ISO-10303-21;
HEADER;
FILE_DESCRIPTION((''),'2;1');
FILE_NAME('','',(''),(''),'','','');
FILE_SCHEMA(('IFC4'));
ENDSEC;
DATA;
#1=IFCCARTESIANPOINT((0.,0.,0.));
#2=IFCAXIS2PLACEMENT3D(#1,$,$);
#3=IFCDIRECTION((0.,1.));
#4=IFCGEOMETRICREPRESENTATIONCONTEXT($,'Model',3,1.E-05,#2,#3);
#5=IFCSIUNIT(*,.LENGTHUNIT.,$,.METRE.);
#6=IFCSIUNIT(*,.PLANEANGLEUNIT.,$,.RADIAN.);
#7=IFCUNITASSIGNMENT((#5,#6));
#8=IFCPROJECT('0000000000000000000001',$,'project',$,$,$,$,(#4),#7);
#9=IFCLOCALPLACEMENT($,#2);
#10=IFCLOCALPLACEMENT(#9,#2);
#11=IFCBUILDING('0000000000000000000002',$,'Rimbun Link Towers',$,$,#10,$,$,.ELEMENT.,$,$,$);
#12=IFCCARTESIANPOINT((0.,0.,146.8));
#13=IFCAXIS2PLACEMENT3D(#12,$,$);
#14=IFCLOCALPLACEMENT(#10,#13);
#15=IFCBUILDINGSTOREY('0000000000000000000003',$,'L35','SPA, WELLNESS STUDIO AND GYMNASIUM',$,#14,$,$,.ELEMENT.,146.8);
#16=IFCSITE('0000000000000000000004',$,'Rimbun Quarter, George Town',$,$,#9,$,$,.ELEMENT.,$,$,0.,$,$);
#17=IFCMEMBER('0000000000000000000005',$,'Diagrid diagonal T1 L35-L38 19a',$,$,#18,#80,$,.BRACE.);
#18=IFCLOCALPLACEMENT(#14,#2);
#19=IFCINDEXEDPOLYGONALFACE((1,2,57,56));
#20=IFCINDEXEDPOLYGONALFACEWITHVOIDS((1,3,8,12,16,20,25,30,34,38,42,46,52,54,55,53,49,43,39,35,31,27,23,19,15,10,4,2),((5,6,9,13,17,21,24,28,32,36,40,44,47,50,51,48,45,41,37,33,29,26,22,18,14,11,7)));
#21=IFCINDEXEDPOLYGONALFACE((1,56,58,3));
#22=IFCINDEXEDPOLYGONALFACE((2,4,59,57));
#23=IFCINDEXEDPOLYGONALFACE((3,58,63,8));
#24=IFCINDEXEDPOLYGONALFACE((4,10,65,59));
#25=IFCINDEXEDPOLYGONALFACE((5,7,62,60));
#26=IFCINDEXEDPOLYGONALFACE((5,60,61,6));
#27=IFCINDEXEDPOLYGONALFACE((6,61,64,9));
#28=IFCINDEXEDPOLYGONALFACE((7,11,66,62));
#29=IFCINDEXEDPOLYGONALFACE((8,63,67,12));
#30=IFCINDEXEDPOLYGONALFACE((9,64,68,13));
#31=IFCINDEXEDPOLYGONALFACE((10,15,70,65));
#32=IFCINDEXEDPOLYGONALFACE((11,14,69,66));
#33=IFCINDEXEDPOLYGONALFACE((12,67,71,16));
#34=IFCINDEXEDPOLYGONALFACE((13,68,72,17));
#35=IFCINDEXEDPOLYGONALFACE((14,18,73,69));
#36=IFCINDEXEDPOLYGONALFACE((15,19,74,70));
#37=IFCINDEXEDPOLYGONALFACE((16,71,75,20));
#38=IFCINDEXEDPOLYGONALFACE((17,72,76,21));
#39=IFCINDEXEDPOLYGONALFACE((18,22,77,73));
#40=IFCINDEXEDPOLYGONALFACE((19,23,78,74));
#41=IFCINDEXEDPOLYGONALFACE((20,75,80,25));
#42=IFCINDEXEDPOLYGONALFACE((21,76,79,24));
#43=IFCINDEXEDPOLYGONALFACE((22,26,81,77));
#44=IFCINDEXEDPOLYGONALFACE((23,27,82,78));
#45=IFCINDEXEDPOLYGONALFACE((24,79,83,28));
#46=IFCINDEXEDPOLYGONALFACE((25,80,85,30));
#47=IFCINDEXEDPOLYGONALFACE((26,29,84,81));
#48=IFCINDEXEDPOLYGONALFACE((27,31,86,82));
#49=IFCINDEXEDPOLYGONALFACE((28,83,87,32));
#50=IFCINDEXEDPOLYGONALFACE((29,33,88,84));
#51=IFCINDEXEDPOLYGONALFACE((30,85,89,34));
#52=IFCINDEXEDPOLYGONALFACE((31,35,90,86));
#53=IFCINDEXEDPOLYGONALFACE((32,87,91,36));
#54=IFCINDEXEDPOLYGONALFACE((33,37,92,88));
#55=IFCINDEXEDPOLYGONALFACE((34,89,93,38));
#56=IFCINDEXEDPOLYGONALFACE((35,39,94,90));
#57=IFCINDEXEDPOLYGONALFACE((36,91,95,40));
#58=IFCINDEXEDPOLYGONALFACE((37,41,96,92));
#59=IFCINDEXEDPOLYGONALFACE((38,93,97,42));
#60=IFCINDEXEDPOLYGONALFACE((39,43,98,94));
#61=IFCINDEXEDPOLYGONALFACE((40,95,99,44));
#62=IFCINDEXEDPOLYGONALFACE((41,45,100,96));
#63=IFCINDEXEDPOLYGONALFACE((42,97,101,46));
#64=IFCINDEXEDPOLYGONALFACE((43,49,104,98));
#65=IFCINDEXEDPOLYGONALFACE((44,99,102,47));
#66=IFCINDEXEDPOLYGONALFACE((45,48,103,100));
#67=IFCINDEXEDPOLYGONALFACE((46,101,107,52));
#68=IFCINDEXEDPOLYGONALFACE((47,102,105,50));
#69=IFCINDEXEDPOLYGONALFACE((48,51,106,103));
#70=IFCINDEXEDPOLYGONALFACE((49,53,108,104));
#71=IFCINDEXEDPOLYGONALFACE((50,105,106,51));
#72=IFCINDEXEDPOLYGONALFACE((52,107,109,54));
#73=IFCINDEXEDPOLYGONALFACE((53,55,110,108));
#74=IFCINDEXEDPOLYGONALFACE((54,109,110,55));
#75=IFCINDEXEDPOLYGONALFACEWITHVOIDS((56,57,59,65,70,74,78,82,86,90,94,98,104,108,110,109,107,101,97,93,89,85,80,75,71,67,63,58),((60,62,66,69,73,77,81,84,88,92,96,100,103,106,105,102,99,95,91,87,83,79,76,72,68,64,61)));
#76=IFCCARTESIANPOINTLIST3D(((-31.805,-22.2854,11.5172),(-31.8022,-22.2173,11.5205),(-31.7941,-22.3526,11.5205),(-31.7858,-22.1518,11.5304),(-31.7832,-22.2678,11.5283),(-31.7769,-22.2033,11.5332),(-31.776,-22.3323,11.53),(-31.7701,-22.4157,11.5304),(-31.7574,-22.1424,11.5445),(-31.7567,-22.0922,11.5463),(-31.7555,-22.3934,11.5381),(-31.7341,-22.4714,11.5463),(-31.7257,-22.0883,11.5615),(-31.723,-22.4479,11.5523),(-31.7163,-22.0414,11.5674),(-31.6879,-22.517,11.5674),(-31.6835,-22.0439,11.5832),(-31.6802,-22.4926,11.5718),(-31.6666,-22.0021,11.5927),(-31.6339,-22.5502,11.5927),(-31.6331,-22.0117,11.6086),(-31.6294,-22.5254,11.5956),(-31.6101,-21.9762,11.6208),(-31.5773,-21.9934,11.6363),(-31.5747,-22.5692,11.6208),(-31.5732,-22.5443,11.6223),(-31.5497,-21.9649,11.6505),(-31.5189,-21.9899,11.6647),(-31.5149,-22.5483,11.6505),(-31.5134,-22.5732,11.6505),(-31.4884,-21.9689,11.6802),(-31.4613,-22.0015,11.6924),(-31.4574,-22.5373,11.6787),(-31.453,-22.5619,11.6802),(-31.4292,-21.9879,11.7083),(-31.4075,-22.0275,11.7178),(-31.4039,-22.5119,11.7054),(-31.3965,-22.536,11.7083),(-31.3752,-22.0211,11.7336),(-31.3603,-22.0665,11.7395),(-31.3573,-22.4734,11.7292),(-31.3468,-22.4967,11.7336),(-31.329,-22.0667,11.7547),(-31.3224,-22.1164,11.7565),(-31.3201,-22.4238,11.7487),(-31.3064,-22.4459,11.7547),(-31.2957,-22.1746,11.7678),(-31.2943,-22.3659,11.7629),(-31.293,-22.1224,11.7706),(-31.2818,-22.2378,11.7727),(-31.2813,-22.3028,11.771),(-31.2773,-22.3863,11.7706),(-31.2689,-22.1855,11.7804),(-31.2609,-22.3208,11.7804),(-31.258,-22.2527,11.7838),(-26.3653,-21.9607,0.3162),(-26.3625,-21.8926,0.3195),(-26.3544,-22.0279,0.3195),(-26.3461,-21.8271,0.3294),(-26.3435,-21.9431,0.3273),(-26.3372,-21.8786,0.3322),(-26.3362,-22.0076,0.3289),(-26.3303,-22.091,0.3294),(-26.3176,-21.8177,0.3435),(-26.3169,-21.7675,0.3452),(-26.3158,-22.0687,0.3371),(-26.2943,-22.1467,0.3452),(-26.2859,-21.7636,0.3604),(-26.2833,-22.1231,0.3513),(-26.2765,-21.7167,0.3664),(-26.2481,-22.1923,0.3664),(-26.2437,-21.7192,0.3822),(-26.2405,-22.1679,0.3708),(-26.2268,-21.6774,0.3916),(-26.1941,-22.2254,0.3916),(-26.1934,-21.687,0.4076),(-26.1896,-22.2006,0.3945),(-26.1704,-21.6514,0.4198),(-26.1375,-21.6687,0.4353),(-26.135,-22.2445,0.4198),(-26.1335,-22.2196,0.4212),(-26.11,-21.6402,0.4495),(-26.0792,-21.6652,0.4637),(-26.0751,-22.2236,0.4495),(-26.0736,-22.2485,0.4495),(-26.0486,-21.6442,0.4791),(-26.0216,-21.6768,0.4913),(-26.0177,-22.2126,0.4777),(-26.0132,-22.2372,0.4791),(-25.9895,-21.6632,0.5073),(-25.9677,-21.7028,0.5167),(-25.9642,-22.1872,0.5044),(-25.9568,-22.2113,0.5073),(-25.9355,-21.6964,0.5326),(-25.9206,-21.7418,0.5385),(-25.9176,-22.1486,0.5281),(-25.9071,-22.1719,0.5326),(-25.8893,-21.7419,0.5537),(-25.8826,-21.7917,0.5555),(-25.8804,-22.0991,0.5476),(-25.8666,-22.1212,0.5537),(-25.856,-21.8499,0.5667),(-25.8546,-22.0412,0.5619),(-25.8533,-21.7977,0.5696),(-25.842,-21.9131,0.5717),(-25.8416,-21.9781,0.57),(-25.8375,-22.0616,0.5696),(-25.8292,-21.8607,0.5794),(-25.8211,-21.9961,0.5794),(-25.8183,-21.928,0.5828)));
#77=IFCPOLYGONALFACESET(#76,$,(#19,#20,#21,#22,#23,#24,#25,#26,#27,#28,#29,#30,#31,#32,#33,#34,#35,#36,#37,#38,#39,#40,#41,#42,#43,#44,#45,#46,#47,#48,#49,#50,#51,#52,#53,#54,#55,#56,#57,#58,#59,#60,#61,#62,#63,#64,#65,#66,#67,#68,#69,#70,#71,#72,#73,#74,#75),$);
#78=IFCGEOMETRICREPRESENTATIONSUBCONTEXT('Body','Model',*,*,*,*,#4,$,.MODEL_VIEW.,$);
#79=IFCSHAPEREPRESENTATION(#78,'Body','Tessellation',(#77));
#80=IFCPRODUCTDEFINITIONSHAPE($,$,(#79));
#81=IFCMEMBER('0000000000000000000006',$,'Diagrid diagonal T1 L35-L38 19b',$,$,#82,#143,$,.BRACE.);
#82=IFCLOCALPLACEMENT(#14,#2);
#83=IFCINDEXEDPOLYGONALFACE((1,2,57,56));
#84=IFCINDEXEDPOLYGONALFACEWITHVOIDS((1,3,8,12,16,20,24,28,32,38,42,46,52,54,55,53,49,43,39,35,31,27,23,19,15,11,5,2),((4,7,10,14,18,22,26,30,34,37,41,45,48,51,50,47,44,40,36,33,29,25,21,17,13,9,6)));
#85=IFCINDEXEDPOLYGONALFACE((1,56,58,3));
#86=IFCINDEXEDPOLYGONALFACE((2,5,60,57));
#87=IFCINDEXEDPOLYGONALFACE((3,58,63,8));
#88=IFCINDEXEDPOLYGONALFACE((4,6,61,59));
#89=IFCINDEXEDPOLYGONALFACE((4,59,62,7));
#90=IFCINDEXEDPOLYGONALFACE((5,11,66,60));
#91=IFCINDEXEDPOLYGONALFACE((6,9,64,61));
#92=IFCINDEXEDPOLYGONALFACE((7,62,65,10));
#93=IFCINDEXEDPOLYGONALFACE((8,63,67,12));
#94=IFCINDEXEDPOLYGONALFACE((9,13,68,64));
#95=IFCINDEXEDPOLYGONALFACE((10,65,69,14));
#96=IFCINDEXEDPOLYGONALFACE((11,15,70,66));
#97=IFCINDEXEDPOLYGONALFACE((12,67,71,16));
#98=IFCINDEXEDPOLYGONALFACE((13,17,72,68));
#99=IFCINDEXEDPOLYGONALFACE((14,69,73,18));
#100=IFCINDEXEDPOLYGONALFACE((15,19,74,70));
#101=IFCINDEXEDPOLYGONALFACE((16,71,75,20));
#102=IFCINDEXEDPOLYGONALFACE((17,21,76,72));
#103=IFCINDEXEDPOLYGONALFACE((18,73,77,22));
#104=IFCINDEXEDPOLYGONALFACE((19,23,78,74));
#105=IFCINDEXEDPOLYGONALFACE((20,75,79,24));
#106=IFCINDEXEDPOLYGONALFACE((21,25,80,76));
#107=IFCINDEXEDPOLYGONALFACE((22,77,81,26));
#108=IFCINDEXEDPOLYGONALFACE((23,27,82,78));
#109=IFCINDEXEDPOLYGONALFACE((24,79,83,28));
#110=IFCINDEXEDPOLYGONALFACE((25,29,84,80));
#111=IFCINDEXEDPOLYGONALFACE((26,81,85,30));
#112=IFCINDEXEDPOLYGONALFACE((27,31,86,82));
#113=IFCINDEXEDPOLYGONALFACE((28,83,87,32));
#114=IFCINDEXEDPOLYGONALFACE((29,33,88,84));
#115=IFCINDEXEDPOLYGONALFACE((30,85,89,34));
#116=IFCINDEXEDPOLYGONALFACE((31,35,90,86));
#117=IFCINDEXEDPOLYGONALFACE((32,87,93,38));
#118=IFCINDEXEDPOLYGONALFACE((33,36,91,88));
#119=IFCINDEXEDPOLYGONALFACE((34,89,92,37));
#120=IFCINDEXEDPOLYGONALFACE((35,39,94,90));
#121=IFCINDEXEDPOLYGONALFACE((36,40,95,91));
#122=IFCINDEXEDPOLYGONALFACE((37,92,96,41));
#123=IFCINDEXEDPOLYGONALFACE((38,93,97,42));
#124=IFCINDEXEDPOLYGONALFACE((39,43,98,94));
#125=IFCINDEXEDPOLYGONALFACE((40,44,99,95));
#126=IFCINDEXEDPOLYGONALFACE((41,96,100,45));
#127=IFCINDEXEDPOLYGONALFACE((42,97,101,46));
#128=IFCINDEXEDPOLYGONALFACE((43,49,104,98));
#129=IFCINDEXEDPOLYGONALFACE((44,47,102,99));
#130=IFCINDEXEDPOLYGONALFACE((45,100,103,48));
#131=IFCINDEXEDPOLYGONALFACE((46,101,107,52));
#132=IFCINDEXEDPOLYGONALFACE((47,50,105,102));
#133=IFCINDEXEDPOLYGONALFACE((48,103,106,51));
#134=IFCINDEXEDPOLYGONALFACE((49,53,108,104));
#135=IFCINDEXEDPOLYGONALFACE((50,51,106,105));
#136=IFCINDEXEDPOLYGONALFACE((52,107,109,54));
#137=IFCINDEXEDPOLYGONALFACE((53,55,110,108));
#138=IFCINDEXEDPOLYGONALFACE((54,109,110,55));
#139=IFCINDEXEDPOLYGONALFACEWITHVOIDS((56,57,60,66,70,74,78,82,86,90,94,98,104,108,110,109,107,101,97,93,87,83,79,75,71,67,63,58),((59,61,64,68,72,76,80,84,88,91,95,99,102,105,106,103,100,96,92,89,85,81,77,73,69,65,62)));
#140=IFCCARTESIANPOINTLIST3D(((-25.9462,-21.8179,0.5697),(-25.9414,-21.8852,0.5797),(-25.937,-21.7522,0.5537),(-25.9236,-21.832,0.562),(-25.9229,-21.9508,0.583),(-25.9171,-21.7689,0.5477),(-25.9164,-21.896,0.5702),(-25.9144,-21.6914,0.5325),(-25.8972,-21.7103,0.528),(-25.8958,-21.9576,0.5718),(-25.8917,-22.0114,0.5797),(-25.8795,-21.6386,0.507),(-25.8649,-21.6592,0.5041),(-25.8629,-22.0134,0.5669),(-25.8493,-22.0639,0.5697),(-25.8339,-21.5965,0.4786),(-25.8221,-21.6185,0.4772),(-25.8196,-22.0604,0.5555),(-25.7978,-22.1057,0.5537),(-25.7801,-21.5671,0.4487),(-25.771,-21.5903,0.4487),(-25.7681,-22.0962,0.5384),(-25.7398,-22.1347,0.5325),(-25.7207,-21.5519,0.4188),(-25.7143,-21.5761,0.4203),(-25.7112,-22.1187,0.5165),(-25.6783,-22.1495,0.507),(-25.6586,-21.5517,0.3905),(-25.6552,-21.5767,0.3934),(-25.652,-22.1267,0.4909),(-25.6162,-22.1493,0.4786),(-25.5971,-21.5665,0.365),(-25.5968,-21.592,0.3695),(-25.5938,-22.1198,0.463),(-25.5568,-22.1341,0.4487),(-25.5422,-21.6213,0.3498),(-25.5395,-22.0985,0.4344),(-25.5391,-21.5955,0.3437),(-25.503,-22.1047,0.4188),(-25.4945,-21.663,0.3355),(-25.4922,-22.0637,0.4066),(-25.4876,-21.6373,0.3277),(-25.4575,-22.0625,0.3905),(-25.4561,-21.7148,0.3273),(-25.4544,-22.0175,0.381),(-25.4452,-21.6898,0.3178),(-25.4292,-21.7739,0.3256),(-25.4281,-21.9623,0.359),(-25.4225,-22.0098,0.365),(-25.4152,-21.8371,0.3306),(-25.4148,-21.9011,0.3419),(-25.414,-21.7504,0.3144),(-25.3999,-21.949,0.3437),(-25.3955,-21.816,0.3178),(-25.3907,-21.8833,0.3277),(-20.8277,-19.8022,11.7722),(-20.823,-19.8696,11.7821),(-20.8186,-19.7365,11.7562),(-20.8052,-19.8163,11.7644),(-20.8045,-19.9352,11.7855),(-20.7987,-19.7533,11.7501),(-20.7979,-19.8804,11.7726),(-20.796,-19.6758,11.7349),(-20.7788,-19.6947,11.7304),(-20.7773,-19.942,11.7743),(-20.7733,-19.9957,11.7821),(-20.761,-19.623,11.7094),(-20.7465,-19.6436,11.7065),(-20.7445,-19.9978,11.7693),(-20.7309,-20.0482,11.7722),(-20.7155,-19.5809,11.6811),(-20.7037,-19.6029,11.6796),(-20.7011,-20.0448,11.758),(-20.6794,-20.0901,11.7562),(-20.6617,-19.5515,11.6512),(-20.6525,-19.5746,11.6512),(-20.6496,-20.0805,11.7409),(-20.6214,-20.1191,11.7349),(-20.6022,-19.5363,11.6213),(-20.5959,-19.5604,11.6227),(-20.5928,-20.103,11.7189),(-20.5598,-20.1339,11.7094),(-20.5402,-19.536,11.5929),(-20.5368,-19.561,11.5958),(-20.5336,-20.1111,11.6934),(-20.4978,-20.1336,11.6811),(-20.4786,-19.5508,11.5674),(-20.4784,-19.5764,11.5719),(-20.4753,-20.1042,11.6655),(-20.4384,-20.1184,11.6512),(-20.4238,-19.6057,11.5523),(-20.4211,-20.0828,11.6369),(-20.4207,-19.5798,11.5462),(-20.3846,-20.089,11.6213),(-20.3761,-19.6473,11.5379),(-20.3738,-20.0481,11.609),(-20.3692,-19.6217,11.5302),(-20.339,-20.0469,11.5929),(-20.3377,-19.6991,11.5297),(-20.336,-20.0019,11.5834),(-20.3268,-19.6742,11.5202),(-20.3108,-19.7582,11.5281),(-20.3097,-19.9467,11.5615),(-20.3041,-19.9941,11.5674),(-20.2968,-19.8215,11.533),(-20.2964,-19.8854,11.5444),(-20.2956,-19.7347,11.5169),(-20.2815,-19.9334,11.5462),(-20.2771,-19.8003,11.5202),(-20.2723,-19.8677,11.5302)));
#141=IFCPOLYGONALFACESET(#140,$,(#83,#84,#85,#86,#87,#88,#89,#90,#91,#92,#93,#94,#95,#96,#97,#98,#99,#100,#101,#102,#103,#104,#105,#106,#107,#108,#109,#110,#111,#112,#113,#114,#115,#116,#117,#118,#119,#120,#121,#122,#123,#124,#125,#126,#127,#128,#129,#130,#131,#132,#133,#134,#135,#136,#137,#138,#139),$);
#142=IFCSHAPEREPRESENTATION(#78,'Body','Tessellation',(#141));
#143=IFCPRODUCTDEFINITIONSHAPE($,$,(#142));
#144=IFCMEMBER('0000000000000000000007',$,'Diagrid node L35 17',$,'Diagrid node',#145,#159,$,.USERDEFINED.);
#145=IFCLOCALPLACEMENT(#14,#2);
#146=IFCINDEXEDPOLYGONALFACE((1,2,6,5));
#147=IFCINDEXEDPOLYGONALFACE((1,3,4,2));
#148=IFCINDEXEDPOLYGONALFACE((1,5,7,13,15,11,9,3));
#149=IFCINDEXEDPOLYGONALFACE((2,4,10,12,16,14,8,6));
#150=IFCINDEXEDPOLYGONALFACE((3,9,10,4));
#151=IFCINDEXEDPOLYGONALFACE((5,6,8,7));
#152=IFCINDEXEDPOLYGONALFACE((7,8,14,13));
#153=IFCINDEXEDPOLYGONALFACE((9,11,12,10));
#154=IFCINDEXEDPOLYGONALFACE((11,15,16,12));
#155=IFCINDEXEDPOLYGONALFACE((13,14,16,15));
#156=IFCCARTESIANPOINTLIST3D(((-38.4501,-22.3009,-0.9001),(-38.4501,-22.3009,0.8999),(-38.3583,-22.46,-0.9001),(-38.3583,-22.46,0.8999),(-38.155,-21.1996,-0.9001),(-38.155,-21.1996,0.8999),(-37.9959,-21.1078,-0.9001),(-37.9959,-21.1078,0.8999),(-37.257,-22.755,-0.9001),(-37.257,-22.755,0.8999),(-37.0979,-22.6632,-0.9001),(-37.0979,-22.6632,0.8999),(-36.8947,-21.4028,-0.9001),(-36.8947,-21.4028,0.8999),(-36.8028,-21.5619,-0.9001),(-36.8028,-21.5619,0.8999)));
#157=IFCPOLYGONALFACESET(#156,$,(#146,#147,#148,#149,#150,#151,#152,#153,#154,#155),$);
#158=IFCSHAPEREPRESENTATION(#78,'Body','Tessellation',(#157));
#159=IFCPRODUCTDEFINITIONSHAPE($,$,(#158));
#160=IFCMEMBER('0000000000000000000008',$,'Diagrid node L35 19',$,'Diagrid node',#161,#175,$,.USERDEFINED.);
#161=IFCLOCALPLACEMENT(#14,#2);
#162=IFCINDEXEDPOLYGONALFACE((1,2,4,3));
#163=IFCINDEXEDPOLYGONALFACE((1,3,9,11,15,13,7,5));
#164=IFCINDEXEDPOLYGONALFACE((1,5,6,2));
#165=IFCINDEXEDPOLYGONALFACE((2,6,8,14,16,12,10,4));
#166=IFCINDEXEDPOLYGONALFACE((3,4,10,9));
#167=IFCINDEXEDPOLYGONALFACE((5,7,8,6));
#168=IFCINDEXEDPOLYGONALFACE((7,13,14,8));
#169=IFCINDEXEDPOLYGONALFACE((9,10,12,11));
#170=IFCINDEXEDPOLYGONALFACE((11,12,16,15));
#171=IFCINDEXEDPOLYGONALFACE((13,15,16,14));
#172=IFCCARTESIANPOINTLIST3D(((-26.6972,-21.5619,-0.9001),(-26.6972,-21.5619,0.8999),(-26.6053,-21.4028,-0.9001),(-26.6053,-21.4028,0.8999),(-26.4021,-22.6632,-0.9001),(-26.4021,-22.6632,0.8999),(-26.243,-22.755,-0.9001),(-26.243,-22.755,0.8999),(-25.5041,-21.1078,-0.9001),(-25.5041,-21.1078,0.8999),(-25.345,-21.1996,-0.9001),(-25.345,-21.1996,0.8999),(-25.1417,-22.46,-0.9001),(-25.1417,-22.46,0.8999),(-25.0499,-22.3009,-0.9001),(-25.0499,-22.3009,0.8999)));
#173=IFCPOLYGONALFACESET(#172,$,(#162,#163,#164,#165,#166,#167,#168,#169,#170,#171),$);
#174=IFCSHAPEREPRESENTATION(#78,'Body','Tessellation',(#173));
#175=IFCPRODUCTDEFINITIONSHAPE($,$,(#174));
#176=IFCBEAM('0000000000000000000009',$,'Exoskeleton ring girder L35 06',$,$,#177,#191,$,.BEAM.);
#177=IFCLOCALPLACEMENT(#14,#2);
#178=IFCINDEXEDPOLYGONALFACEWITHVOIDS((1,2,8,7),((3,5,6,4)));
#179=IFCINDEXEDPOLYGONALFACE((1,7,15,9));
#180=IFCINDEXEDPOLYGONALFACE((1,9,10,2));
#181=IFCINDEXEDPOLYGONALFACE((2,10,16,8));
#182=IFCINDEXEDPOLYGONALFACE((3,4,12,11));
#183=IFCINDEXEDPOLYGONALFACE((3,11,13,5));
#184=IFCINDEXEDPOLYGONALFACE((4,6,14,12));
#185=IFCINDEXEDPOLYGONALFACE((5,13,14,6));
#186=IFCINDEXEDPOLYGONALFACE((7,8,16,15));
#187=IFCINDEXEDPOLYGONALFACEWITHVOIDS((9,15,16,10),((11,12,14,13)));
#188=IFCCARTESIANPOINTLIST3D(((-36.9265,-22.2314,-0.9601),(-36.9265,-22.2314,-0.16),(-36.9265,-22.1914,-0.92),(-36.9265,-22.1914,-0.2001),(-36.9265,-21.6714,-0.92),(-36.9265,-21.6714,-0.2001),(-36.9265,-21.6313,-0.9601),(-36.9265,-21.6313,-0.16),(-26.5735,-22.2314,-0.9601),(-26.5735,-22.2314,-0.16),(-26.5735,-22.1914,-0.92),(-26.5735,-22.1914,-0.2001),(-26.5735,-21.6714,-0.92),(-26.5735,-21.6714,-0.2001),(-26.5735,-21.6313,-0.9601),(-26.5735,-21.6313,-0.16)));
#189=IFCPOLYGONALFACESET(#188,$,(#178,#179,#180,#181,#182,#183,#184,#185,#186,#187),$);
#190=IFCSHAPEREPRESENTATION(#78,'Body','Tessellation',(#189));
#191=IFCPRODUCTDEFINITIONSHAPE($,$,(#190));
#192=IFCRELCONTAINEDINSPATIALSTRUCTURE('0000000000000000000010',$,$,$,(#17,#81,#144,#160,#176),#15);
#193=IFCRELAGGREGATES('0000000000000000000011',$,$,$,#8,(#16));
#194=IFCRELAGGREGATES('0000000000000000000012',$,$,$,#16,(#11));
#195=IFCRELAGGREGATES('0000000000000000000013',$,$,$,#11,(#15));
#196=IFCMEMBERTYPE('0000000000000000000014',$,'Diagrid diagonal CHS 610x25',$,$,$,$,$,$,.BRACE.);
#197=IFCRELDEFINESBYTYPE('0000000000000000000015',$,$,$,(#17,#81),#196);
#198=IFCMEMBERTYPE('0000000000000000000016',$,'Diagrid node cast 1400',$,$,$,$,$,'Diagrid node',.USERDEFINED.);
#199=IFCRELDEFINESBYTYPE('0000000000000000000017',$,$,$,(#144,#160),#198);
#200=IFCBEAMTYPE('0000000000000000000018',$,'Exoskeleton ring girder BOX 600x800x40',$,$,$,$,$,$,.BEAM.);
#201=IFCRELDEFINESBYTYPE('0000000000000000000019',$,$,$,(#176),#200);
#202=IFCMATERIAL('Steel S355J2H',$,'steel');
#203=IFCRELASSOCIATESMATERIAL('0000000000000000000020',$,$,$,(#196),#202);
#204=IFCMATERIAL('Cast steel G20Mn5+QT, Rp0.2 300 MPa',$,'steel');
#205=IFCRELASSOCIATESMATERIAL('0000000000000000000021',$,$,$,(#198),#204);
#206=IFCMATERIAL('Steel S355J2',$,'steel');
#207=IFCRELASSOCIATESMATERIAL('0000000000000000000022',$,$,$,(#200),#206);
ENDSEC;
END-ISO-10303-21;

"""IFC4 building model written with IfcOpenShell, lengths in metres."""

from ifc_helpers import new_model, si_unit, direction, frame, origin, origin_2d, place, context, subcontext, project, spatial, polyline, hollow_rectangle, hollow_circle, outline, extrude, material, material_profile, profile_set, type_object, element, save


model = new_model("IFC4")

# Units and contexts
model_context = context("Model", 3, precision=1e-05, world=origin(), true_north=direction((0.0, 1.0)))
body_context = subcontext(model_context, "Body", "Model", "MODEL_VIEW")
ifc_project = project(units=[si_unit("LENGTHUNIT", "METRE"), si_unit("PLANEANGLEUNIT", "RADIAN")], contexts=[model_context])

# Site, building, storey
site_placement = place(None, origin())
site = spatial("IfcSite", under=ifc_project, at=site_placement, Name="Rimbun Quarter, George Town", CompositionType="ELEMENT", RefElevation=0.0)
building_placement = place(site_placement, origin())
building = spatial("IfcBuilding", under=site, at=building_placement, Name="Rimbun Link Towers", CompositionType="ELEMENT")
storey_placement = place(building_placement, frame((0.0, 0.0, 146.8)))
storey = spatial("IfcBuildingStorey", under=building, at=storey_placement, Name="L35", Description="SPA, WELLNESS STUDIO AND GYMNASIUM", CompositionType="ELEMENT", Elevation=146.8)

# Members
ifc_material_1 = material(Name="Steel S355J2H", Category="steel")
ifc_material_profile_1 = material_profile(ifc_material_1, hollow_circle(Radius=0.3047, WallThickness=0.0249, at=origin_2d()), Name="Diagrid diagonal CHS 610x25")
ifc_profile_set_1 = profile_set([ifc_material_profile_1], Name="Steel S355J2H")
member_type_1 = type_object("IfcMemberType", Name="Diagrid diagonal CHS 610x25", PredefinedType="BRACE", material=ifc_profile_set_1)
for number, where, z_axis, x_axis, name in (
    (1, (-26.0918, -21.9443, 0.4495), (-0.436707, -0.026068, 0.899226), (0.059586, -0.998223, 0.0), "Diagrid diagonal T1 L35-L38 19a"),
):
    element("IfcMember", number, at=place(storey_placement, frame(where, z_axis=z_axis, x_axis=x_axis)), inside=storey, type_object=member_type_1, Name=name, PredefinedType="BRACE", context=body_context, shape_type="SweptSolid", body=[
        extrude(hollow_circle(Radius=0.3047, WallThickness=0.0249, at=origin_2d()), origin(), (0.0, 0.0, 1.0), 12.4563),
    ])
member_1_placement = place(storey_placement, frame((-25.6685, -21.8506, 0.4487), z_axis=(0.410124, 0.161506, 0.897616), x_axis=(-0.366412, 0.930453, 0.0)))
element("IfcMember", 2, at=member_1_placement, inside=storey, type_object=member_type_1, Name="Diagrid diagonal T1 L35-L38 19b", PredefinedType="BRACE", context=body_context, shape_type="SweptSolid", body=[
    extrude(hollow_circle(Radius=0.3047, WallThickness=0.0249, at=origin_2d()), origin(), (0.0, 0.0, 1.0), 12.4802),
])
ifc_material_2 = material(Name="Cast steel G20Mn5+QT, Rp0.2 300 MPa", Category="steel")
ifc_material_profile_2 = material_profile(ifc_material_2, outline(polyline([(0.7, -0.5701), (0.7, 0.5701), (0.5701, 0.7), (-0.5701, 0.7), (-0.7, 0.5701), (-0.7, -0.5701), (-0.5701, -0.7), (0.5701, -0.7), (0.7, -0.5701)])), Name="NODE 1400x1400")
ifc_profile_set_2 = profile_set([ifc_material_profile_2], Name="Cast steel G20Mn5+QT, Rp0.2 300 MPa")
member_type_2 = type_object("IfcMemberType", Name="Diagrid node cast 1400", ElementType="Diagrid node", PredefinedType="USERDEFINED", material=ifc_profile_set_2)
for number, where, z_axis, x_axis, name in (
    (3, (-37.6265, -21.9314, -0.9001), (0.0, 0.0, 1.0), (-0.258819, -0.965926, 0.0), "Diagrid node L35 17"),
    (4, (-25.8735, -21.9314, -0.9001), (0.0, 0.0, 1.0), (0.258819, -0.965926, 0.0), "Diagrid node L35 19"),
):
    element("IfcMember", number, at=place(storey_placement, frame(where, z_axis=z_axis, x_axis=x_axis)), inside=storey, type_object=member_type_2, Name=name, ObjectType="Diagrid node", PredefinedType="USERDEFINED", context=body_context, shape_type="SweptSolid", body=[
        extrude(outline(polyline([(0.7, -0.5701), (0.7, 0.5701), (0.5701, 0.7), (-0.5701, 0.7), (-0.7, 0.5701), (-0.7, -0.5701), (-0.5701, -0.7), (0.5701, -0.7), (0.7, -0.5701)])), origin(), (0.0, 0.0, 1.0), 1.8),
    ])

# Beam
ifc_material_3 = material(Name="Steel S355J2", Category="steel")
ifc_material_profile_3 = material_profile(ifc_material_3, hollow_rectangle(XDim=0.6001, YDim=0.8, WallThickness=0.04, at=origin_2d()), Name="Exoskeleton ring girder BOX 600x800x40")
ifc_profile_set_3 = profile_set([ifc_material_profile_3], Name="Steel S355J2")
beam_type_1 = type_object("IfcBeamType", Name="Exoskeleton ring girder BOX 600x800x40", PredefinedType="BEAM", material=ifc_profile_set_3)
beam_1_placement = place(storey_placement, frame((-36.9265, -21.9314, -0.5601), z_axis=(1.0, 0.0, 0.0), x_axis=(0.0, 1.0, 0.0)))
element("IfcBeam", 5, at=beam_1_placement, inside=storey, type_object=beam_type_1, Name="Exoskeleton ring girder L35 06", PredefinedType="BEAM", context=body_context, shape_type="SweptSolid", body=[
    extrude(hollow_rectangle(XDim=0.6001, YDim=0.8, WallThickness=0.04, at=origin_2d()), origin(), (0.0, 0.0, 1.0), 10.353),
])

save(model, "model.ifc")
